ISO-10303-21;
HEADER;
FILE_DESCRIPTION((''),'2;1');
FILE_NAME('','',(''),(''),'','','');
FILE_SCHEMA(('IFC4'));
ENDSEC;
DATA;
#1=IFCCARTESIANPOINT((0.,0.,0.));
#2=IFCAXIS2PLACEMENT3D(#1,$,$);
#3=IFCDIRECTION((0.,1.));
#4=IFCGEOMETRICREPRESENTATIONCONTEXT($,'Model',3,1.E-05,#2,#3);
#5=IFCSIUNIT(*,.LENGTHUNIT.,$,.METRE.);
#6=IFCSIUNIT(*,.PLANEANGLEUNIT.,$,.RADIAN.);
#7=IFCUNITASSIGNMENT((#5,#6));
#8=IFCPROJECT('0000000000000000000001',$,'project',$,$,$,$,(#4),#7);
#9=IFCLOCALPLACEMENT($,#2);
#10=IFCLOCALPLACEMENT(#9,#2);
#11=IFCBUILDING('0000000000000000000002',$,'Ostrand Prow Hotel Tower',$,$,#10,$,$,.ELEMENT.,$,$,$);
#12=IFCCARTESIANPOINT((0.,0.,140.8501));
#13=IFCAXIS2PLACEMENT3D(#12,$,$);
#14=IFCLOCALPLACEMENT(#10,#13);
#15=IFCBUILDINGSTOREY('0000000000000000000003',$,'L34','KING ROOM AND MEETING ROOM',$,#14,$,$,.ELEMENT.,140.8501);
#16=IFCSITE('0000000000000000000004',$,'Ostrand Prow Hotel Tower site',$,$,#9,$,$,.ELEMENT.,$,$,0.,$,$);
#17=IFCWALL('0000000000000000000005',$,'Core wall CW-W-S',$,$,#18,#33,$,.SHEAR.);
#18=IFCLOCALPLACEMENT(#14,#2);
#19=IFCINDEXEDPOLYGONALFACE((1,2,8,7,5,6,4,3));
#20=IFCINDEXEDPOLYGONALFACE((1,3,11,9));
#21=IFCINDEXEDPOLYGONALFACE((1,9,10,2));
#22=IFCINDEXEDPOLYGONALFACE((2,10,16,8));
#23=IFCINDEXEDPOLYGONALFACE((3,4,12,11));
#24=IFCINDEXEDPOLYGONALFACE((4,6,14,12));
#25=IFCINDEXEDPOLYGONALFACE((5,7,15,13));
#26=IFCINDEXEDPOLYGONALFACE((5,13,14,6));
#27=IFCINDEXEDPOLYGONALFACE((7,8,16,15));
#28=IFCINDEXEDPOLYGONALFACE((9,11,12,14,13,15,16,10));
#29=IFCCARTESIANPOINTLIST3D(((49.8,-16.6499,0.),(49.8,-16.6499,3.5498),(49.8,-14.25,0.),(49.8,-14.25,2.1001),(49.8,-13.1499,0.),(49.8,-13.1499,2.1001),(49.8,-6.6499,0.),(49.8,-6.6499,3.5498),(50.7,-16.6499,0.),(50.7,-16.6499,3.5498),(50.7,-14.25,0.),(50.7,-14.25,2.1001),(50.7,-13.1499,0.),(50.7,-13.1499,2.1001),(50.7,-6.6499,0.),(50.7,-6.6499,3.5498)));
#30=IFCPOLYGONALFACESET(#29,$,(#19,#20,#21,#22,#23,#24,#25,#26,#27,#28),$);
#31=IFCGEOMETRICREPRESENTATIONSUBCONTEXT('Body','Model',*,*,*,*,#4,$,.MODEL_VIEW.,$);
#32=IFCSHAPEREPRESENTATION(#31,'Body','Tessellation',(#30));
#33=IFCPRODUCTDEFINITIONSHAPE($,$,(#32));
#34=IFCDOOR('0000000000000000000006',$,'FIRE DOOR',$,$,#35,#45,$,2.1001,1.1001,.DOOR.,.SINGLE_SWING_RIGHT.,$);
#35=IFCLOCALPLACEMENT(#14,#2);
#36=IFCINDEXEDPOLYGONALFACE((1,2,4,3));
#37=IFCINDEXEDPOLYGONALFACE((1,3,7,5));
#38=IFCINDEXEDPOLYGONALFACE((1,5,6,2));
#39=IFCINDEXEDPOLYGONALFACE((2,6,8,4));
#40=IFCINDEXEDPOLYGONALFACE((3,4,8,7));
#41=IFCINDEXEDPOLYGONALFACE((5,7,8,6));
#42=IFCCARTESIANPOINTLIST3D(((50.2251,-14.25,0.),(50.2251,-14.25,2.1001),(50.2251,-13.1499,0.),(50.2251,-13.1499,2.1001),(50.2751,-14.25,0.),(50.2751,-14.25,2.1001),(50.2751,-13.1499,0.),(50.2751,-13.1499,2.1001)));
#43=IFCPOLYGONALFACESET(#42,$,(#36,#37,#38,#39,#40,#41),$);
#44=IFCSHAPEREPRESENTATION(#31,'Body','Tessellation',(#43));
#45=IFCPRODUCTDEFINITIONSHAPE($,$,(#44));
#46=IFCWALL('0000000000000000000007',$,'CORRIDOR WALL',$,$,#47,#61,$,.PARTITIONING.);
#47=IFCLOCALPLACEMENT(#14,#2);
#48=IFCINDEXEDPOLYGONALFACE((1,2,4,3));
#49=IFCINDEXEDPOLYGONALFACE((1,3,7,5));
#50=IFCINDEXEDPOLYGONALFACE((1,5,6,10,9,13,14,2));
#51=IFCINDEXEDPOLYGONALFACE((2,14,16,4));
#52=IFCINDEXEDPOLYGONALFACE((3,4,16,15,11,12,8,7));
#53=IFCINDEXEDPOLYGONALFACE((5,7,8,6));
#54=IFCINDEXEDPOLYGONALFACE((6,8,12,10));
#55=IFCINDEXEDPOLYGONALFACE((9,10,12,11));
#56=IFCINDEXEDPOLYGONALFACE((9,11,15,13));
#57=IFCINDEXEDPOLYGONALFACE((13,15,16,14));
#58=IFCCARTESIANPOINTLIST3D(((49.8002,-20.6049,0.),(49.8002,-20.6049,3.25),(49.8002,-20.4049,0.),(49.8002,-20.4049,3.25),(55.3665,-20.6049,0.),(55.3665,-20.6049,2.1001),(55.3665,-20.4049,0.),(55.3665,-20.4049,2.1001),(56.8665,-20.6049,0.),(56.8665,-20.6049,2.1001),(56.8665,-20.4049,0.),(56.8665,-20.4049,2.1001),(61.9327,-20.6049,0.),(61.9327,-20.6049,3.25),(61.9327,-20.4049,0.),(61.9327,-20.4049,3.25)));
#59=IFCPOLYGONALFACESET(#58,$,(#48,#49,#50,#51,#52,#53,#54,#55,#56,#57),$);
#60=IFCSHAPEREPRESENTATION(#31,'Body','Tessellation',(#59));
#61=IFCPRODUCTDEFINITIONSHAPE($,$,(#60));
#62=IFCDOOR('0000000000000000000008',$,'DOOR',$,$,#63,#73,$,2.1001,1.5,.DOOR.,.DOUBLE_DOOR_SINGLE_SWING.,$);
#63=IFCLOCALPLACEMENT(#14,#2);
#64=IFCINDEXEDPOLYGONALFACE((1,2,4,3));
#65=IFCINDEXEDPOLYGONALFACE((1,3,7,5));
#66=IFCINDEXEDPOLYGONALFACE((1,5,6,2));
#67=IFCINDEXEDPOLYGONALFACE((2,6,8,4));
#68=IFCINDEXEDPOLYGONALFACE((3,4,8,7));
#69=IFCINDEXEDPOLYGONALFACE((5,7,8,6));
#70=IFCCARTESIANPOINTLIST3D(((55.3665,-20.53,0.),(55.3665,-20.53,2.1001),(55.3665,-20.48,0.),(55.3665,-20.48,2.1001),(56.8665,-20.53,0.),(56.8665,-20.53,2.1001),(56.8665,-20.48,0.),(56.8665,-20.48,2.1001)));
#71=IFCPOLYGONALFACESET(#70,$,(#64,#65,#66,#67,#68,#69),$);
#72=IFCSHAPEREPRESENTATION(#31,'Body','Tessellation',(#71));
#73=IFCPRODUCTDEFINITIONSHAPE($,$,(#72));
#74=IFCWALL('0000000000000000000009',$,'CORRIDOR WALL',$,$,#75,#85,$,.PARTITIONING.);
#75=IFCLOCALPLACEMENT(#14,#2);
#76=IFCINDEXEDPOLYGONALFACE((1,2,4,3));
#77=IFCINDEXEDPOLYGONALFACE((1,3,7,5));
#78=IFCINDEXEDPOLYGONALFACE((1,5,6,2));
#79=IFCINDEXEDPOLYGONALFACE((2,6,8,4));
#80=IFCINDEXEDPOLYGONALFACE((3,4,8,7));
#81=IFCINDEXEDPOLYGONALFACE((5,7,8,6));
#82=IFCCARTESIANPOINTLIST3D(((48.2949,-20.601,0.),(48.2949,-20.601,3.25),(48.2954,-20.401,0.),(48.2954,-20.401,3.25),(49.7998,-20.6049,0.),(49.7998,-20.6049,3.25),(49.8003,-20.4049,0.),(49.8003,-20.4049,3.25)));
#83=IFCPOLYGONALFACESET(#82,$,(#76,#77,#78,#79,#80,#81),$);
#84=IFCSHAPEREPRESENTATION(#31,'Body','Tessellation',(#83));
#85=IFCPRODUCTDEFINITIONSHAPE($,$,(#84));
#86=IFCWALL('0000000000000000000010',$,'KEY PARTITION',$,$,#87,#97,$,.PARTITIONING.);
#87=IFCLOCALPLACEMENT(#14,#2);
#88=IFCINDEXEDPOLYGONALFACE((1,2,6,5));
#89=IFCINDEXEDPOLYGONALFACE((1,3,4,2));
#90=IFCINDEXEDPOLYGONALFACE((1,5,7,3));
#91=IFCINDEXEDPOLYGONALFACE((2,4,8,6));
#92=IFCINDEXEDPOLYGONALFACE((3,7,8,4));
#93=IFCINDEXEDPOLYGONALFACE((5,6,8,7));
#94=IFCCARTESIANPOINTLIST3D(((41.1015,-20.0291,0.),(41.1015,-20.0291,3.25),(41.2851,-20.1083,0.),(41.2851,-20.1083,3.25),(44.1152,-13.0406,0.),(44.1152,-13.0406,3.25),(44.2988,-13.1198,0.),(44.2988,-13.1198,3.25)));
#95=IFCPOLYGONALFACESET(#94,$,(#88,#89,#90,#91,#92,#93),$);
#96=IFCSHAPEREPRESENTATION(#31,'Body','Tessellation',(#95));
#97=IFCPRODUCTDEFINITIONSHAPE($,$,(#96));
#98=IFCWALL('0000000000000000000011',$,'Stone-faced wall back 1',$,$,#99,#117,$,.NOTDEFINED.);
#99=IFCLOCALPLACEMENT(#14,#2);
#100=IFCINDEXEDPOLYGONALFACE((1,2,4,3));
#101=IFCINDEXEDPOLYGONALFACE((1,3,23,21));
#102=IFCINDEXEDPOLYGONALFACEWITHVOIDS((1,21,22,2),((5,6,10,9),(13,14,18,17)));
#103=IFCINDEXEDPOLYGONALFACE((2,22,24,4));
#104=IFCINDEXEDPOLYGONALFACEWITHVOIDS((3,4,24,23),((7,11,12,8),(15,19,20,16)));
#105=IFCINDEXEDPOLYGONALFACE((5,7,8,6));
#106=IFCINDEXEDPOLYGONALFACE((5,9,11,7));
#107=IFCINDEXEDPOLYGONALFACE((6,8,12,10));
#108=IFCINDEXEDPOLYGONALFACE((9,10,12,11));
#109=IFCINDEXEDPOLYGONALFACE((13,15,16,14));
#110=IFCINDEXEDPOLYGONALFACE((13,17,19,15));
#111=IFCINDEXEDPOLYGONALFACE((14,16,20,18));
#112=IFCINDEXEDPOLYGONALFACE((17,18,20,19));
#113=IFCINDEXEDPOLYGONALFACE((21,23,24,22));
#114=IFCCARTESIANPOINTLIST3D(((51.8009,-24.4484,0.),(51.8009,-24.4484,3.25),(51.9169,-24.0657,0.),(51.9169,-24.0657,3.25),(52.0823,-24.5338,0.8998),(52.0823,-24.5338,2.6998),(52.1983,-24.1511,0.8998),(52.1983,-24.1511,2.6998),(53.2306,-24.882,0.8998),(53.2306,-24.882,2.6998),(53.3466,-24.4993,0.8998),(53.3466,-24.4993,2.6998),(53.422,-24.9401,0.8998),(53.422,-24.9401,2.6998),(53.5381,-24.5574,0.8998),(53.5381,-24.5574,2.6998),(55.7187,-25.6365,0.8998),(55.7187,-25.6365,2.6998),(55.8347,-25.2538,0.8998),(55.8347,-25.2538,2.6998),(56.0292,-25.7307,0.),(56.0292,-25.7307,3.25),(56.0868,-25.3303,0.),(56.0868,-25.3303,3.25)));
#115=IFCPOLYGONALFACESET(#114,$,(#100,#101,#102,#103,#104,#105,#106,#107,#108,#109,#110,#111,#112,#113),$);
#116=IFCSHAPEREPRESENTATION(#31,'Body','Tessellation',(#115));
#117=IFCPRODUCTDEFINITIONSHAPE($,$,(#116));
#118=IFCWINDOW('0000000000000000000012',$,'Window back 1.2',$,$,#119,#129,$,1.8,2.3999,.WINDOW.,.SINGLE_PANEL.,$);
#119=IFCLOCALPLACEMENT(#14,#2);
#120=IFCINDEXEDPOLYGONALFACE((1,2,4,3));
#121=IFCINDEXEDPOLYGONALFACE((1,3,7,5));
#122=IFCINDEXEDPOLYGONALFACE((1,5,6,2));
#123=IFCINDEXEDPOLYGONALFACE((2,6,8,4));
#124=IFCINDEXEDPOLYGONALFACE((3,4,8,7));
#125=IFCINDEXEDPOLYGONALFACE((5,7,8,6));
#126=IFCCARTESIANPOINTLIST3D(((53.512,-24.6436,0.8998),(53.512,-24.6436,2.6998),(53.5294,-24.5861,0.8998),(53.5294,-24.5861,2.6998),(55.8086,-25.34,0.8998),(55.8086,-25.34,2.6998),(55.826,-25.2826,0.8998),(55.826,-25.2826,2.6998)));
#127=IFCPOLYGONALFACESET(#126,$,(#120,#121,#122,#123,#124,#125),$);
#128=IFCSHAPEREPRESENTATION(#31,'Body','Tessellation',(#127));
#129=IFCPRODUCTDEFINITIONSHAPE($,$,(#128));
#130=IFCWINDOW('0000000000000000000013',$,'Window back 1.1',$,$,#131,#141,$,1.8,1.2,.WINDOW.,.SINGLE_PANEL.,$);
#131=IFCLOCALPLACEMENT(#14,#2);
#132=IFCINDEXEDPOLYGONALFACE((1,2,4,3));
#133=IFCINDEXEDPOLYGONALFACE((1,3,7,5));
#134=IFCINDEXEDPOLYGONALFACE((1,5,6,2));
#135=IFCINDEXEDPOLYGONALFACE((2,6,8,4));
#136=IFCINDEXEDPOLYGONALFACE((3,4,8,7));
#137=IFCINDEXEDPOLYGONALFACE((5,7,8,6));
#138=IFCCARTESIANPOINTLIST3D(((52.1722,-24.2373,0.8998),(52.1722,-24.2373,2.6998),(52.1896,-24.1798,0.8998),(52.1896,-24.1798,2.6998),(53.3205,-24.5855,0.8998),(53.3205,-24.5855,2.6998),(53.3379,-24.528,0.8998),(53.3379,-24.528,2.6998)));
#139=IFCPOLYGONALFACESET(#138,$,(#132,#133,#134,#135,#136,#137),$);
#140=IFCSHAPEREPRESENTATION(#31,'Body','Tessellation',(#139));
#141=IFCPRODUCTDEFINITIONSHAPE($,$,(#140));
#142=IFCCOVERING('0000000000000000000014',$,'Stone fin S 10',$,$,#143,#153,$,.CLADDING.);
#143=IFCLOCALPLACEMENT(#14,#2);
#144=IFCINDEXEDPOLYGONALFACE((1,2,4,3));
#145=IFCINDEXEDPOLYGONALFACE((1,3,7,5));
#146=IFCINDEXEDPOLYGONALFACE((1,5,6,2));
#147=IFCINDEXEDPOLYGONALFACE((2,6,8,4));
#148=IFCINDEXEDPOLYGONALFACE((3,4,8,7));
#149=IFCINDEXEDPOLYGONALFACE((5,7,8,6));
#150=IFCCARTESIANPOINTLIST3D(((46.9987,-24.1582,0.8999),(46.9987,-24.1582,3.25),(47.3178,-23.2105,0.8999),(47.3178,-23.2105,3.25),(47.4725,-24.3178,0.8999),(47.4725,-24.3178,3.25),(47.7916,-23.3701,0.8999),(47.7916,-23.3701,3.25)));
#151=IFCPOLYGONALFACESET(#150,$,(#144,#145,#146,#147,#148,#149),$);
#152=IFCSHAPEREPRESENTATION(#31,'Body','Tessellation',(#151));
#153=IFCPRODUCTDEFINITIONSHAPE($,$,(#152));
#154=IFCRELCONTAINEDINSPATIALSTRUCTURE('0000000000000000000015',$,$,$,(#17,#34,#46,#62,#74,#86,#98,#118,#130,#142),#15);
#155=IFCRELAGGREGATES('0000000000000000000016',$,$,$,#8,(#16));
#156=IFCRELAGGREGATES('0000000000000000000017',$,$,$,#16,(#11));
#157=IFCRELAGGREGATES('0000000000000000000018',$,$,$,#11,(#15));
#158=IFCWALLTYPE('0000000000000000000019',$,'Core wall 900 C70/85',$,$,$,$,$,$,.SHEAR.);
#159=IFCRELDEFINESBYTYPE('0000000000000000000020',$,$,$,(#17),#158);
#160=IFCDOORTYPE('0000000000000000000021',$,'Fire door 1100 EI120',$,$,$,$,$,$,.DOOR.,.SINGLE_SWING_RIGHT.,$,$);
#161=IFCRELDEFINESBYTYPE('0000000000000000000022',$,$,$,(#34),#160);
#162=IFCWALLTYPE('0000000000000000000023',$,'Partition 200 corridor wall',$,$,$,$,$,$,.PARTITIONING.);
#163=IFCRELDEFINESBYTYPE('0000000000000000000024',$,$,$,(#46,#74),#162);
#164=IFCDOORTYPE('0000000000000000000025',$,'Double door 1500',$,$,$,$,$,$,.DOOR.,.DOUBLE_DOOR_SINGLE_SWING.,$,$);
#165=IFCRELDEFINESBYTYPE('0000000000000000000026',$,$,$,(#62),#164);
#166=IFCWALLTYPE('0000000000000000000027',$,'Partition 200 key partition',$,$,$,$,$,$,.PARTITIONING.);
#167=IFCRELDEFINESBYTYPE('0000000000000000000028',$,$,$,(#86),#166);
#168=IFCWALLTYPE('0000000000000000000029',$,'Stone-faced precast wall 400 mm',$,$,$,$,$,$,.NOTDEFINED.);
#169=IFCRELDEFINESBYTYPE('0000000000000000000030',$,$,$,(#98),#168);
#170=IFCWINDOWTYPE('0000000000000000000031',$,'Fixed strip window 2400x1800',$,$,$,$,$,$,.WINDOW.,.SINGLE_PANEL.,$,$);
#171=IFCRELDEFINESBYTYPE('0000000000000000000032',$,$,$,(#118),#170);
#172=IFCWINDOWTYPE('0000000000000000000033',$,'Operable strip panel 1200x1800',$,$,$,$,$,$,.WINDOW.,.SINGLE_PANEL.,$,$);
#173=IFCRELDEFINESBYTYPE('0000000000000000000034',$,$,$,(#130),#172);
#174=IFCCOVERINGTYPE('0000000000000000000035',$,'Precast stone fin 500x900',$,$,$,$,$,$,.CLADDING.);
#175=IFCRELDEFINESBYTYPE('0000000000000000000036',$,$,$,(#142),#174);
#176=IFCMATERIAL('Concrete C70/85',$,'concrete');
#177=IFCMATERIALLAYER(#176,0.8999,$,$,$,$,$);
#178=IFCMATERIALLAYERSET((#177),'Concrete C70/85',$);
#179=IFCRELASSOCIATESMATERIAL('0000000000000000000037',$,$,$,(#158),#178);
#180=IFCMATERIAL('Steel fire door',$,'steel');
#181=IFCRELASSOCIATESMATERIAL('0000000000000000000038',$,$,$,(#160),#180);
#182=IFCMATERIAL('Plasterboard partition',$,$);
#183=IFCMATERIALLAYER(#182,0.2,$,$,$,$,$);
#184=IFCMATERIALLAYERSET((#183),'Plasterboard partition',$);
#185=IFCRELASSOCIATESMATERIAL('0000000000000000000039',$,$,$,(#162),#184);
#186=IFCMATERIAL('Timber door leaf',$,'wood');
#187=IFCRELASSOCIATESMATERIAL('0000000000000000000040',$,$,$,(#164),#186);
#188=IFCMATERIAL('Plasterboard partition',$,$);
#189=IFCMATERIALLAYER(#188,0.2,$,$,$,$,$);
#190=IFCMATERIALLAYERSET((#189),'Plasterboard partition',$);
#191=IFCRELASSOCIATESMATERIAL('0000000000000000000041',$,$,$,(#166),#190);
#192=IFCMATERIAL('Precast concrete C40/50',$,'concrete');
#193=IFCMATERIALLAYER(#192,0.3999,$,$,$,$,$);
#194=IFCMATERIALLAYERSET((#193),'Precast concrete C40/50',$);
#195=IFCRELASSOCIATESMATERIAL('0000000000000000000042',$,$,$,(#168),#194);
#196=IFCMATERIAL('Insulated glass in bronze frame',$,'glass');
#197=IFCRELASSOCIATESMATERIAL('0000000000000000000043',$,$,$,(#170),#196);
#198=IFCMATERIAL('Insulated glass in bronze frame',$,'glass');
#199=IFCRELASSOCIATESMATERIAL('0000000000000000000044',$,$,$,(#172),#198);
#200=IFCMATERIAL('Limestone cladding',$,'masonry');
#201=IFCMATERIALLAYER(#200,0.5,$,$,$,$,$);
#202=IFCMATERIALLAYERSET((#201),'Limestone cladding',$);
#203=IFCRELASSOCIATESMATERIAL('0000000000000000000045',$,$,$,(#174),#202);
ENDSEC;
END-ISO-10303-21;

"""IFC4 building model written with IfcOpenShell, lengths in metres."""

from ifc_helpers import new_model, si_unit, direction, frame, frame_2d, origin, place, context, subcontext, project, spatial, polyline, rectangle, outline, extrude, material, layer, layer_set, type_object, element, fill, save


model = new_model("IFC4")

# Units and contexts
model_context = context("Model", 3, precision=1e-05, world=origin(), true_north=direction((0.0, 1.0)))
body_context = subcontext(model_context, "Body", "Model", "MODEL_VIEW")
ifc_project = project(units=[si_unit("LENGTHUNIT", "METRE"), si_unit("PLANEANGLEUNIT", "RADIAN")], contexts=[model_context])

# Site, building, storey
site_placement = place(None, origin())
site = spatial("IfcSite", under=ifc_project, at=site_placement, Name="Ostrand Prow Hotel Tower site", CompositionType="ELEMENT", RefElevation=0.0)
building_placement = place(site_placement, origin())
building = spatial("IfcBuilding", under=site, at=building_placement, Name="Ostrand Prow Hotel Tower", CompositionType="ELEMENT")
storey_placement = place(building_placement, frame((0.0, 0.0, 140.8501)))
storey = spatial("IfcBuildingStorey", under=building, at=storey_placement, Name="L34", Description="KING ROOM AND MEETING ROOM", CompositionType="ELEMENT", Elevation=140.8501)

# Walls, openings, doors
ifc_material_1 = material(Name="Concrete C70/85", Category="concrete")
ifc_layer_1 = layer(ifc_material_1, 0.8999)
ifc_layer_set_1 = layer_set([ifc_layer_1], Name="Concrete C70/85")
wall_type_1 = type_object("IfcWallType", Name="Core wall 900 C70/85", PredefinedType="SHEAR", material=ifc_layer_set_1)
wall_1_placement = place(storey_placement, frame((50.25, -16.6499, 0.0), z_axis=(0.0, 0.0, 1.0), x_axis=(0.0, 1.0, 0.0)))
wall_1 = element("IfcWall", 1, at=wall_1_placement, inside=storey, type_object=wall_type_1, Name="Core wall CW-W-S", PredefinedType="SHEAR", context=body_context, shape_type="SweptSolid", body=[
    extrude(rectangle(XDim=10.0, YDim=0.8999, at=frame_2d((5.0, 0.0))), origin(), (0.0, 0.0, 1.0), 3.5498),
])
opening_1_placement = place(wall_1_placement, frame((2.3999, 0.0, 0.0)))
opening_1 = element("IfcOpeningElement", 2, at=opening_1_placement, cuts=wall_1, PredefinedType="OPENING", context=body_context, shape_type="SweptSolid", body=[
    extrude(rectangle(XDim=1.1001, YDim=2.1001, at=frame_2d((0.55, 1.05))), frame((0.0, 0.46, 0.0), z_axis=(0.0, -1.0, 0.0), x_axis=(1.0, 0.0, 0.0)), (0.0, 0.0, 1.0), 0.9199),
])
ifc_material_2 = material(Name="Steel fire door", Category="steel")
door_type_1 = type_object("IfcDoorType", Name="Fire door 1100 EI120", OperationType="SINGLE_SWING_RIGHT", PredefinedType="DOOR", material=ifc_material_2)
door_1_placement = place(opening_1_placement, origin())
door_1 = element("IfcDoor", 3, at=door_1_placement, inside=storey, type_object=door_type_1, Name="FIRE DOOR", OperationType="SINGLE_SWING_RIGHT", OverallHeight=2.1001, OverallWidth=1.1001, PredefinedType="DOOR", context=body_context, shape_type="SweptSolid", body=[
    extrude(rectangle(XDim=1.1001, YDim=2.1001, at=frame_2d((0.55, 1.05))), frame((0.0, 0.0249, 0.0), z_axis=(0.0, -1.0, 0.0), x_axis=(1.0, 0.0, 0.0)), (0.0, 0.0, 1.0), 0.05),
])
fill(opening_1, door_1)
ifc_material_3 = material(Name="Plasterboard partition")
ifc_layer_2 = layer(ifc_material_3, 0.2)
ifc_layer_set_2 = layer_set([ifc_layer_2], Name="Plasterboard partition")
wall_type_2 = type_object("IfcWallType", Name="Partition 200 corridor wall", PredefinedType="PARTITIONING", material=ifc_layer_set_2)
wall_2_placement = place(storey_placement, frame((49.8, -20.5049, 0.0), z_axis=(0.0, 0.0, 1.0), x_axis=(1.0, 0.0, 0.0)))
wall_2 = element("IfcWall", 4, at=wall_2_placement, inside=storey, type_object=wall_type_2, Name="CORRIDOR WALL", PredefinedType="PARTITIONING", context=body_context, shape_type="SweptSolid", body=[
    extrude(rectangle(XDim=12.1326, YDim=0.2, at=frame_2d((6.0664, 0.0))), origin(), (0.0, 0.0, 1.0), 3.25),
])
opening_2_placement = place(wall_2_placement, frame((5.5664, 0.0, 0.0)))
opening_2 = element("IfcOpeningElement", 5, at=opening_2_placement, cuts=wall_2, PredefinedType="OPENING", context=body_context, shape_type="SweptSolid", body=[
    extrude(rectangle(XDim=1.5, YDim=2.1001, at=frame_2d((0.75, 1.05))), frame((0.0, 0.1099, 0.0), z_axis=(0.0, -1.0, 0.0), x_axis=(1.0, 0.0, 0.0)), (0.0, 0.0, 1.0), 0.22),
])
ifc_material_4 = material(Name="Timber door leaf", Category="wood")
door_type_2 = type_object("IfcDoorType", Name="Double door 1500", OperationType="DOUBLE_DOOR_SINGLE_SWING", PredefinedType="DOOR", material=ifc_material_4)
door_2_placement = place(opening_2_placement, origin())
door_2 = element("IfcDoor", 6, at=door_2_placement, inside=storey, type_object=door_type_2, Name="DOOR", OperationType="DOUBLE_DOOR_SINGLE_SWING", OverallHeight=2.1001, OverallWidth=1.5, PredefinedType="DOOR", context=body_context, shape_type="SweptSolid", body=[
    extrude(rectangle(XDim=1.5, YDim=2.1001, at=frame_2d((0.75, 1.05))), frame((0.0, 0.0249, 0.0), z_axis=(0.0, -1.0, 0.0), x_axis=(1.0, 0.0, 0.0)), (0.0, 0.0, 1.0), 0.05),
])
fill(opening_2, door_2)

# Walls
wall_3_placement = place(storey_placement, frame((48.2952, -20.501, 0.0), z_axis=(0.0, 0.0, 1.0), x_axis=(0.999997, -0.002596, 0.0)))
element("IfcWall", 7, at=wall_3_placement, inside=storey, type_object=wall_type_2, Name="CORRIDOR WALL", PredefinedType="PARTITIONING", context=body_context, shape_type="SweptSolid", body=[
    extrude(rectangle(XDim=1.5049, YDim=0.2, at=frame_2d((0.7524, 0.0))), origin(), (0.0, 0.0, 1.0), 3.25),
])
ifc_material_5 = material(Name="Plasterboard partition")
ifc_layer_3 = layer(ifc_material_5, 0.2)
ifc_layer_set_3 = layer_set([ifc_layer_3], Name="Plasterboard partition")
wall_type_3 = type_object("IfcWallType", Name="Partition 200 key partition", PredefinedType="PARTITIONING", material=ifc_layer_set_3)
wall_4_placement = place(storey_placement, frame((41.1934, -20.0686, 0.0), z_axis=(0.0, 0.0, 1.0), x_axis=(0.395982, 0.918258, 0.0)))
element("IfcWall", 8, at=wall_4_placement, inside=storey, type_object=wall_type_3, Name="KEY PARTITION", PredefinedType="PARTITIONING", context=body_context, shape_type="SweptSolid", body=[
    extrude(rectangle(XDim=7.6106, YDim=0.2, at=frame_2d((3.8052, 0.0))), origin(), (0.0, 0.0, 1.0), 3.25),
])

# Wall, openings, windows
ifc_material_6 = material(Name="Precast concrete C40/50", Category="concrete")
ifc_layer_4 = layer(ifc_material_6, 0.3999)
ifc_layer_set_4 = layer_set([ifc_layer_4], Name="Precast concrete C40/50")
wall_type_4 = type_object("IfcWallType", Name="Stone-faced precast wall 400 mm", PredefinedType="NOTDEFINED", material=ifc_layer_set_4)
wall_5_placement = place(storey_placement, frame((51.8589, -24.2571, 0.0), z_axis=(0.0, 0.0, 1.0), x_axis=(0.956964, -0.290205, 0.0)))
wall_5 = element("IfcWall", 9, at=wall_5_placement, inside=storey, type_object=wall_type_4, Name="Stone-faced wall back 1", PredefinedType="NOTDEFINED", context=body_context, shape_type="SweptSolid", body=[
    extrude(outline(polyline([(0.0, -0.2), (4.4185, -0.2), (4.3574, 0.2), (0.0, 0.2), (0.0, -0.2)])), origin(), (0.0, 0.0, 1.0), 3.25),
])
opening_3_placement = place(wall_5_placement, frame((0.2939, 0.0, 0.8999)))
opening_3 = element("IfcOpeningElement", 10, at=opening_3_placement, cuts=wall_5, PredefinedType="OPENING", context=body_context, shape_type="SweptSolid", body=[
    extrude(rectangle(XDim=1.2, YDim=1.8, at=frame_2d((0.6001, 0.8999))), frame((0.0, 0.21, 0.0), z_axis=(0.0, -1.0, 0.0), x_axis=(1.0, 0.0, 0.0)), (0.0, 0.0, 1.0), 0.4199),
])
opening_4_placement = place(wall_5_placement, frame((1.6941, 0.0, 0.8999)))
opening_4 = element("IfcOpeningElement", 11, at=opening_4_placement, cuts=wall_5, PredefinedType="OPENING", context=body_context, shape_type="SweptSolid", body=[
    extrude(rectangle(XDim=2.3999, YDim=1.8, at=frame_2d((1.2, 0.8999))), frame((0.0, 0.21, 0.0), z_axis=(0.0, -1.0, 0.0), x_axis=(1.0, 0.0, 0.0)), (0.0, 0.0, 1.0), 0.4199),
])
ifc_material_7 = material(Name="Insulated glass in bronze frame", Category="glass")
window_type_1 = type_object("IfcWindowType", Name="Fixed strip window 2400x1800", PartitioningType="SINGLE_PANEL", PredefinedType="WINDOW", material=ifc_material_7)
window_1_placement = place(opening_4_placement, origin())
window_1 = element("IfcWindow", 12, at=window_1_placement, inside=storey, type_object=window_type_1, Name="Window back 1.2", OverallHeight=1.8, OverallWidth=2.3999, PartitioningType="SINGLE_PANEL", PredefinedType="WINDOW", context=body_context, shape_type="SweptSolid", body=[
    extrude(rectangle(XDim=2.3999, YDim=1.8, at=frame_2d((1.2, 0.8999))), frame((0.0, 0.1699, 0.0), z_axis=(0.0, -1.0, 0.0), x_axis=(1.0, 0.0, 0.0)), (0.0, 0.0, 1.0), 0.0601),
])
fill(opening_4, window_1)
ifc_material_8 = material(Name="Insulated glass in bronze frame", Category="glass")
window_type_2 = type_object("IfcWindowType", Name="Operable strip panel 1200x1800", PartitioningType="SINGLE_PANEL", PredefinedType="WINDOW", material=ifc_material_8)
window_2_placement = place(opening_3_placement, origin())
window_2 = element("IfcWindow", 13, at=window_2_placement, inside=storey, type_object=window_type_2, Name="Window back 1.1", OverallHeight=1.8, OverallWidth=1.2, PartitioningType="SINGLE_PANEL", PredefinedType="WINDOW", context=body_context, shape_type="SweptSolid", body=[
    extrude(rectangle(XDim=1.2, YDim=1.8, at=frame_2d((0.6001, 0.8999))), frame((0.0, 0.1699, 0.0), z_axis=(0.0, -1.0, 0.0), x_axis=(1.0, 0.0, 0.0)), (0.0, 0.0, 1.0), 0.0601),
])
fill(opening_3, window_2)

# Covering
ifc_material_9 = material(Name="Limestone cladding", Category="masonry")
ifc_layer_5 = layer(ifc_material_9, 0.5)
ifc_layer_set_5 = layer_set([ifc_layer_5], Name="Limestone cladding")
covering_type = type_object("IfcCoveringType", Name="Precast stone fin 500x900", PredefinedType="CLADDING", material=ifc_layer_set_5)
covering_placement = place(storey_placement, frame((47.5547, -23.2903, 0.8999), z_axis=(0.0, 0.0, 1.0), x_axis=(-0.319083, -0.947727, 0.0)))
element("IfcCovering", 14, at=covering_placement, inside=storey, type_object=covering_type, Name="Stone fin S 10", PredefinedType="CLADDING", context=body_context, shape_type="SweptSolid", body=[
    extrude(rectangle(XDim=1.0, YDim=0.5, at=frame_2d((0.5, 0.0))), origin(), (0.0, 0.0, 1.0), 2.3501),
])

save(model, "model.ifc")
